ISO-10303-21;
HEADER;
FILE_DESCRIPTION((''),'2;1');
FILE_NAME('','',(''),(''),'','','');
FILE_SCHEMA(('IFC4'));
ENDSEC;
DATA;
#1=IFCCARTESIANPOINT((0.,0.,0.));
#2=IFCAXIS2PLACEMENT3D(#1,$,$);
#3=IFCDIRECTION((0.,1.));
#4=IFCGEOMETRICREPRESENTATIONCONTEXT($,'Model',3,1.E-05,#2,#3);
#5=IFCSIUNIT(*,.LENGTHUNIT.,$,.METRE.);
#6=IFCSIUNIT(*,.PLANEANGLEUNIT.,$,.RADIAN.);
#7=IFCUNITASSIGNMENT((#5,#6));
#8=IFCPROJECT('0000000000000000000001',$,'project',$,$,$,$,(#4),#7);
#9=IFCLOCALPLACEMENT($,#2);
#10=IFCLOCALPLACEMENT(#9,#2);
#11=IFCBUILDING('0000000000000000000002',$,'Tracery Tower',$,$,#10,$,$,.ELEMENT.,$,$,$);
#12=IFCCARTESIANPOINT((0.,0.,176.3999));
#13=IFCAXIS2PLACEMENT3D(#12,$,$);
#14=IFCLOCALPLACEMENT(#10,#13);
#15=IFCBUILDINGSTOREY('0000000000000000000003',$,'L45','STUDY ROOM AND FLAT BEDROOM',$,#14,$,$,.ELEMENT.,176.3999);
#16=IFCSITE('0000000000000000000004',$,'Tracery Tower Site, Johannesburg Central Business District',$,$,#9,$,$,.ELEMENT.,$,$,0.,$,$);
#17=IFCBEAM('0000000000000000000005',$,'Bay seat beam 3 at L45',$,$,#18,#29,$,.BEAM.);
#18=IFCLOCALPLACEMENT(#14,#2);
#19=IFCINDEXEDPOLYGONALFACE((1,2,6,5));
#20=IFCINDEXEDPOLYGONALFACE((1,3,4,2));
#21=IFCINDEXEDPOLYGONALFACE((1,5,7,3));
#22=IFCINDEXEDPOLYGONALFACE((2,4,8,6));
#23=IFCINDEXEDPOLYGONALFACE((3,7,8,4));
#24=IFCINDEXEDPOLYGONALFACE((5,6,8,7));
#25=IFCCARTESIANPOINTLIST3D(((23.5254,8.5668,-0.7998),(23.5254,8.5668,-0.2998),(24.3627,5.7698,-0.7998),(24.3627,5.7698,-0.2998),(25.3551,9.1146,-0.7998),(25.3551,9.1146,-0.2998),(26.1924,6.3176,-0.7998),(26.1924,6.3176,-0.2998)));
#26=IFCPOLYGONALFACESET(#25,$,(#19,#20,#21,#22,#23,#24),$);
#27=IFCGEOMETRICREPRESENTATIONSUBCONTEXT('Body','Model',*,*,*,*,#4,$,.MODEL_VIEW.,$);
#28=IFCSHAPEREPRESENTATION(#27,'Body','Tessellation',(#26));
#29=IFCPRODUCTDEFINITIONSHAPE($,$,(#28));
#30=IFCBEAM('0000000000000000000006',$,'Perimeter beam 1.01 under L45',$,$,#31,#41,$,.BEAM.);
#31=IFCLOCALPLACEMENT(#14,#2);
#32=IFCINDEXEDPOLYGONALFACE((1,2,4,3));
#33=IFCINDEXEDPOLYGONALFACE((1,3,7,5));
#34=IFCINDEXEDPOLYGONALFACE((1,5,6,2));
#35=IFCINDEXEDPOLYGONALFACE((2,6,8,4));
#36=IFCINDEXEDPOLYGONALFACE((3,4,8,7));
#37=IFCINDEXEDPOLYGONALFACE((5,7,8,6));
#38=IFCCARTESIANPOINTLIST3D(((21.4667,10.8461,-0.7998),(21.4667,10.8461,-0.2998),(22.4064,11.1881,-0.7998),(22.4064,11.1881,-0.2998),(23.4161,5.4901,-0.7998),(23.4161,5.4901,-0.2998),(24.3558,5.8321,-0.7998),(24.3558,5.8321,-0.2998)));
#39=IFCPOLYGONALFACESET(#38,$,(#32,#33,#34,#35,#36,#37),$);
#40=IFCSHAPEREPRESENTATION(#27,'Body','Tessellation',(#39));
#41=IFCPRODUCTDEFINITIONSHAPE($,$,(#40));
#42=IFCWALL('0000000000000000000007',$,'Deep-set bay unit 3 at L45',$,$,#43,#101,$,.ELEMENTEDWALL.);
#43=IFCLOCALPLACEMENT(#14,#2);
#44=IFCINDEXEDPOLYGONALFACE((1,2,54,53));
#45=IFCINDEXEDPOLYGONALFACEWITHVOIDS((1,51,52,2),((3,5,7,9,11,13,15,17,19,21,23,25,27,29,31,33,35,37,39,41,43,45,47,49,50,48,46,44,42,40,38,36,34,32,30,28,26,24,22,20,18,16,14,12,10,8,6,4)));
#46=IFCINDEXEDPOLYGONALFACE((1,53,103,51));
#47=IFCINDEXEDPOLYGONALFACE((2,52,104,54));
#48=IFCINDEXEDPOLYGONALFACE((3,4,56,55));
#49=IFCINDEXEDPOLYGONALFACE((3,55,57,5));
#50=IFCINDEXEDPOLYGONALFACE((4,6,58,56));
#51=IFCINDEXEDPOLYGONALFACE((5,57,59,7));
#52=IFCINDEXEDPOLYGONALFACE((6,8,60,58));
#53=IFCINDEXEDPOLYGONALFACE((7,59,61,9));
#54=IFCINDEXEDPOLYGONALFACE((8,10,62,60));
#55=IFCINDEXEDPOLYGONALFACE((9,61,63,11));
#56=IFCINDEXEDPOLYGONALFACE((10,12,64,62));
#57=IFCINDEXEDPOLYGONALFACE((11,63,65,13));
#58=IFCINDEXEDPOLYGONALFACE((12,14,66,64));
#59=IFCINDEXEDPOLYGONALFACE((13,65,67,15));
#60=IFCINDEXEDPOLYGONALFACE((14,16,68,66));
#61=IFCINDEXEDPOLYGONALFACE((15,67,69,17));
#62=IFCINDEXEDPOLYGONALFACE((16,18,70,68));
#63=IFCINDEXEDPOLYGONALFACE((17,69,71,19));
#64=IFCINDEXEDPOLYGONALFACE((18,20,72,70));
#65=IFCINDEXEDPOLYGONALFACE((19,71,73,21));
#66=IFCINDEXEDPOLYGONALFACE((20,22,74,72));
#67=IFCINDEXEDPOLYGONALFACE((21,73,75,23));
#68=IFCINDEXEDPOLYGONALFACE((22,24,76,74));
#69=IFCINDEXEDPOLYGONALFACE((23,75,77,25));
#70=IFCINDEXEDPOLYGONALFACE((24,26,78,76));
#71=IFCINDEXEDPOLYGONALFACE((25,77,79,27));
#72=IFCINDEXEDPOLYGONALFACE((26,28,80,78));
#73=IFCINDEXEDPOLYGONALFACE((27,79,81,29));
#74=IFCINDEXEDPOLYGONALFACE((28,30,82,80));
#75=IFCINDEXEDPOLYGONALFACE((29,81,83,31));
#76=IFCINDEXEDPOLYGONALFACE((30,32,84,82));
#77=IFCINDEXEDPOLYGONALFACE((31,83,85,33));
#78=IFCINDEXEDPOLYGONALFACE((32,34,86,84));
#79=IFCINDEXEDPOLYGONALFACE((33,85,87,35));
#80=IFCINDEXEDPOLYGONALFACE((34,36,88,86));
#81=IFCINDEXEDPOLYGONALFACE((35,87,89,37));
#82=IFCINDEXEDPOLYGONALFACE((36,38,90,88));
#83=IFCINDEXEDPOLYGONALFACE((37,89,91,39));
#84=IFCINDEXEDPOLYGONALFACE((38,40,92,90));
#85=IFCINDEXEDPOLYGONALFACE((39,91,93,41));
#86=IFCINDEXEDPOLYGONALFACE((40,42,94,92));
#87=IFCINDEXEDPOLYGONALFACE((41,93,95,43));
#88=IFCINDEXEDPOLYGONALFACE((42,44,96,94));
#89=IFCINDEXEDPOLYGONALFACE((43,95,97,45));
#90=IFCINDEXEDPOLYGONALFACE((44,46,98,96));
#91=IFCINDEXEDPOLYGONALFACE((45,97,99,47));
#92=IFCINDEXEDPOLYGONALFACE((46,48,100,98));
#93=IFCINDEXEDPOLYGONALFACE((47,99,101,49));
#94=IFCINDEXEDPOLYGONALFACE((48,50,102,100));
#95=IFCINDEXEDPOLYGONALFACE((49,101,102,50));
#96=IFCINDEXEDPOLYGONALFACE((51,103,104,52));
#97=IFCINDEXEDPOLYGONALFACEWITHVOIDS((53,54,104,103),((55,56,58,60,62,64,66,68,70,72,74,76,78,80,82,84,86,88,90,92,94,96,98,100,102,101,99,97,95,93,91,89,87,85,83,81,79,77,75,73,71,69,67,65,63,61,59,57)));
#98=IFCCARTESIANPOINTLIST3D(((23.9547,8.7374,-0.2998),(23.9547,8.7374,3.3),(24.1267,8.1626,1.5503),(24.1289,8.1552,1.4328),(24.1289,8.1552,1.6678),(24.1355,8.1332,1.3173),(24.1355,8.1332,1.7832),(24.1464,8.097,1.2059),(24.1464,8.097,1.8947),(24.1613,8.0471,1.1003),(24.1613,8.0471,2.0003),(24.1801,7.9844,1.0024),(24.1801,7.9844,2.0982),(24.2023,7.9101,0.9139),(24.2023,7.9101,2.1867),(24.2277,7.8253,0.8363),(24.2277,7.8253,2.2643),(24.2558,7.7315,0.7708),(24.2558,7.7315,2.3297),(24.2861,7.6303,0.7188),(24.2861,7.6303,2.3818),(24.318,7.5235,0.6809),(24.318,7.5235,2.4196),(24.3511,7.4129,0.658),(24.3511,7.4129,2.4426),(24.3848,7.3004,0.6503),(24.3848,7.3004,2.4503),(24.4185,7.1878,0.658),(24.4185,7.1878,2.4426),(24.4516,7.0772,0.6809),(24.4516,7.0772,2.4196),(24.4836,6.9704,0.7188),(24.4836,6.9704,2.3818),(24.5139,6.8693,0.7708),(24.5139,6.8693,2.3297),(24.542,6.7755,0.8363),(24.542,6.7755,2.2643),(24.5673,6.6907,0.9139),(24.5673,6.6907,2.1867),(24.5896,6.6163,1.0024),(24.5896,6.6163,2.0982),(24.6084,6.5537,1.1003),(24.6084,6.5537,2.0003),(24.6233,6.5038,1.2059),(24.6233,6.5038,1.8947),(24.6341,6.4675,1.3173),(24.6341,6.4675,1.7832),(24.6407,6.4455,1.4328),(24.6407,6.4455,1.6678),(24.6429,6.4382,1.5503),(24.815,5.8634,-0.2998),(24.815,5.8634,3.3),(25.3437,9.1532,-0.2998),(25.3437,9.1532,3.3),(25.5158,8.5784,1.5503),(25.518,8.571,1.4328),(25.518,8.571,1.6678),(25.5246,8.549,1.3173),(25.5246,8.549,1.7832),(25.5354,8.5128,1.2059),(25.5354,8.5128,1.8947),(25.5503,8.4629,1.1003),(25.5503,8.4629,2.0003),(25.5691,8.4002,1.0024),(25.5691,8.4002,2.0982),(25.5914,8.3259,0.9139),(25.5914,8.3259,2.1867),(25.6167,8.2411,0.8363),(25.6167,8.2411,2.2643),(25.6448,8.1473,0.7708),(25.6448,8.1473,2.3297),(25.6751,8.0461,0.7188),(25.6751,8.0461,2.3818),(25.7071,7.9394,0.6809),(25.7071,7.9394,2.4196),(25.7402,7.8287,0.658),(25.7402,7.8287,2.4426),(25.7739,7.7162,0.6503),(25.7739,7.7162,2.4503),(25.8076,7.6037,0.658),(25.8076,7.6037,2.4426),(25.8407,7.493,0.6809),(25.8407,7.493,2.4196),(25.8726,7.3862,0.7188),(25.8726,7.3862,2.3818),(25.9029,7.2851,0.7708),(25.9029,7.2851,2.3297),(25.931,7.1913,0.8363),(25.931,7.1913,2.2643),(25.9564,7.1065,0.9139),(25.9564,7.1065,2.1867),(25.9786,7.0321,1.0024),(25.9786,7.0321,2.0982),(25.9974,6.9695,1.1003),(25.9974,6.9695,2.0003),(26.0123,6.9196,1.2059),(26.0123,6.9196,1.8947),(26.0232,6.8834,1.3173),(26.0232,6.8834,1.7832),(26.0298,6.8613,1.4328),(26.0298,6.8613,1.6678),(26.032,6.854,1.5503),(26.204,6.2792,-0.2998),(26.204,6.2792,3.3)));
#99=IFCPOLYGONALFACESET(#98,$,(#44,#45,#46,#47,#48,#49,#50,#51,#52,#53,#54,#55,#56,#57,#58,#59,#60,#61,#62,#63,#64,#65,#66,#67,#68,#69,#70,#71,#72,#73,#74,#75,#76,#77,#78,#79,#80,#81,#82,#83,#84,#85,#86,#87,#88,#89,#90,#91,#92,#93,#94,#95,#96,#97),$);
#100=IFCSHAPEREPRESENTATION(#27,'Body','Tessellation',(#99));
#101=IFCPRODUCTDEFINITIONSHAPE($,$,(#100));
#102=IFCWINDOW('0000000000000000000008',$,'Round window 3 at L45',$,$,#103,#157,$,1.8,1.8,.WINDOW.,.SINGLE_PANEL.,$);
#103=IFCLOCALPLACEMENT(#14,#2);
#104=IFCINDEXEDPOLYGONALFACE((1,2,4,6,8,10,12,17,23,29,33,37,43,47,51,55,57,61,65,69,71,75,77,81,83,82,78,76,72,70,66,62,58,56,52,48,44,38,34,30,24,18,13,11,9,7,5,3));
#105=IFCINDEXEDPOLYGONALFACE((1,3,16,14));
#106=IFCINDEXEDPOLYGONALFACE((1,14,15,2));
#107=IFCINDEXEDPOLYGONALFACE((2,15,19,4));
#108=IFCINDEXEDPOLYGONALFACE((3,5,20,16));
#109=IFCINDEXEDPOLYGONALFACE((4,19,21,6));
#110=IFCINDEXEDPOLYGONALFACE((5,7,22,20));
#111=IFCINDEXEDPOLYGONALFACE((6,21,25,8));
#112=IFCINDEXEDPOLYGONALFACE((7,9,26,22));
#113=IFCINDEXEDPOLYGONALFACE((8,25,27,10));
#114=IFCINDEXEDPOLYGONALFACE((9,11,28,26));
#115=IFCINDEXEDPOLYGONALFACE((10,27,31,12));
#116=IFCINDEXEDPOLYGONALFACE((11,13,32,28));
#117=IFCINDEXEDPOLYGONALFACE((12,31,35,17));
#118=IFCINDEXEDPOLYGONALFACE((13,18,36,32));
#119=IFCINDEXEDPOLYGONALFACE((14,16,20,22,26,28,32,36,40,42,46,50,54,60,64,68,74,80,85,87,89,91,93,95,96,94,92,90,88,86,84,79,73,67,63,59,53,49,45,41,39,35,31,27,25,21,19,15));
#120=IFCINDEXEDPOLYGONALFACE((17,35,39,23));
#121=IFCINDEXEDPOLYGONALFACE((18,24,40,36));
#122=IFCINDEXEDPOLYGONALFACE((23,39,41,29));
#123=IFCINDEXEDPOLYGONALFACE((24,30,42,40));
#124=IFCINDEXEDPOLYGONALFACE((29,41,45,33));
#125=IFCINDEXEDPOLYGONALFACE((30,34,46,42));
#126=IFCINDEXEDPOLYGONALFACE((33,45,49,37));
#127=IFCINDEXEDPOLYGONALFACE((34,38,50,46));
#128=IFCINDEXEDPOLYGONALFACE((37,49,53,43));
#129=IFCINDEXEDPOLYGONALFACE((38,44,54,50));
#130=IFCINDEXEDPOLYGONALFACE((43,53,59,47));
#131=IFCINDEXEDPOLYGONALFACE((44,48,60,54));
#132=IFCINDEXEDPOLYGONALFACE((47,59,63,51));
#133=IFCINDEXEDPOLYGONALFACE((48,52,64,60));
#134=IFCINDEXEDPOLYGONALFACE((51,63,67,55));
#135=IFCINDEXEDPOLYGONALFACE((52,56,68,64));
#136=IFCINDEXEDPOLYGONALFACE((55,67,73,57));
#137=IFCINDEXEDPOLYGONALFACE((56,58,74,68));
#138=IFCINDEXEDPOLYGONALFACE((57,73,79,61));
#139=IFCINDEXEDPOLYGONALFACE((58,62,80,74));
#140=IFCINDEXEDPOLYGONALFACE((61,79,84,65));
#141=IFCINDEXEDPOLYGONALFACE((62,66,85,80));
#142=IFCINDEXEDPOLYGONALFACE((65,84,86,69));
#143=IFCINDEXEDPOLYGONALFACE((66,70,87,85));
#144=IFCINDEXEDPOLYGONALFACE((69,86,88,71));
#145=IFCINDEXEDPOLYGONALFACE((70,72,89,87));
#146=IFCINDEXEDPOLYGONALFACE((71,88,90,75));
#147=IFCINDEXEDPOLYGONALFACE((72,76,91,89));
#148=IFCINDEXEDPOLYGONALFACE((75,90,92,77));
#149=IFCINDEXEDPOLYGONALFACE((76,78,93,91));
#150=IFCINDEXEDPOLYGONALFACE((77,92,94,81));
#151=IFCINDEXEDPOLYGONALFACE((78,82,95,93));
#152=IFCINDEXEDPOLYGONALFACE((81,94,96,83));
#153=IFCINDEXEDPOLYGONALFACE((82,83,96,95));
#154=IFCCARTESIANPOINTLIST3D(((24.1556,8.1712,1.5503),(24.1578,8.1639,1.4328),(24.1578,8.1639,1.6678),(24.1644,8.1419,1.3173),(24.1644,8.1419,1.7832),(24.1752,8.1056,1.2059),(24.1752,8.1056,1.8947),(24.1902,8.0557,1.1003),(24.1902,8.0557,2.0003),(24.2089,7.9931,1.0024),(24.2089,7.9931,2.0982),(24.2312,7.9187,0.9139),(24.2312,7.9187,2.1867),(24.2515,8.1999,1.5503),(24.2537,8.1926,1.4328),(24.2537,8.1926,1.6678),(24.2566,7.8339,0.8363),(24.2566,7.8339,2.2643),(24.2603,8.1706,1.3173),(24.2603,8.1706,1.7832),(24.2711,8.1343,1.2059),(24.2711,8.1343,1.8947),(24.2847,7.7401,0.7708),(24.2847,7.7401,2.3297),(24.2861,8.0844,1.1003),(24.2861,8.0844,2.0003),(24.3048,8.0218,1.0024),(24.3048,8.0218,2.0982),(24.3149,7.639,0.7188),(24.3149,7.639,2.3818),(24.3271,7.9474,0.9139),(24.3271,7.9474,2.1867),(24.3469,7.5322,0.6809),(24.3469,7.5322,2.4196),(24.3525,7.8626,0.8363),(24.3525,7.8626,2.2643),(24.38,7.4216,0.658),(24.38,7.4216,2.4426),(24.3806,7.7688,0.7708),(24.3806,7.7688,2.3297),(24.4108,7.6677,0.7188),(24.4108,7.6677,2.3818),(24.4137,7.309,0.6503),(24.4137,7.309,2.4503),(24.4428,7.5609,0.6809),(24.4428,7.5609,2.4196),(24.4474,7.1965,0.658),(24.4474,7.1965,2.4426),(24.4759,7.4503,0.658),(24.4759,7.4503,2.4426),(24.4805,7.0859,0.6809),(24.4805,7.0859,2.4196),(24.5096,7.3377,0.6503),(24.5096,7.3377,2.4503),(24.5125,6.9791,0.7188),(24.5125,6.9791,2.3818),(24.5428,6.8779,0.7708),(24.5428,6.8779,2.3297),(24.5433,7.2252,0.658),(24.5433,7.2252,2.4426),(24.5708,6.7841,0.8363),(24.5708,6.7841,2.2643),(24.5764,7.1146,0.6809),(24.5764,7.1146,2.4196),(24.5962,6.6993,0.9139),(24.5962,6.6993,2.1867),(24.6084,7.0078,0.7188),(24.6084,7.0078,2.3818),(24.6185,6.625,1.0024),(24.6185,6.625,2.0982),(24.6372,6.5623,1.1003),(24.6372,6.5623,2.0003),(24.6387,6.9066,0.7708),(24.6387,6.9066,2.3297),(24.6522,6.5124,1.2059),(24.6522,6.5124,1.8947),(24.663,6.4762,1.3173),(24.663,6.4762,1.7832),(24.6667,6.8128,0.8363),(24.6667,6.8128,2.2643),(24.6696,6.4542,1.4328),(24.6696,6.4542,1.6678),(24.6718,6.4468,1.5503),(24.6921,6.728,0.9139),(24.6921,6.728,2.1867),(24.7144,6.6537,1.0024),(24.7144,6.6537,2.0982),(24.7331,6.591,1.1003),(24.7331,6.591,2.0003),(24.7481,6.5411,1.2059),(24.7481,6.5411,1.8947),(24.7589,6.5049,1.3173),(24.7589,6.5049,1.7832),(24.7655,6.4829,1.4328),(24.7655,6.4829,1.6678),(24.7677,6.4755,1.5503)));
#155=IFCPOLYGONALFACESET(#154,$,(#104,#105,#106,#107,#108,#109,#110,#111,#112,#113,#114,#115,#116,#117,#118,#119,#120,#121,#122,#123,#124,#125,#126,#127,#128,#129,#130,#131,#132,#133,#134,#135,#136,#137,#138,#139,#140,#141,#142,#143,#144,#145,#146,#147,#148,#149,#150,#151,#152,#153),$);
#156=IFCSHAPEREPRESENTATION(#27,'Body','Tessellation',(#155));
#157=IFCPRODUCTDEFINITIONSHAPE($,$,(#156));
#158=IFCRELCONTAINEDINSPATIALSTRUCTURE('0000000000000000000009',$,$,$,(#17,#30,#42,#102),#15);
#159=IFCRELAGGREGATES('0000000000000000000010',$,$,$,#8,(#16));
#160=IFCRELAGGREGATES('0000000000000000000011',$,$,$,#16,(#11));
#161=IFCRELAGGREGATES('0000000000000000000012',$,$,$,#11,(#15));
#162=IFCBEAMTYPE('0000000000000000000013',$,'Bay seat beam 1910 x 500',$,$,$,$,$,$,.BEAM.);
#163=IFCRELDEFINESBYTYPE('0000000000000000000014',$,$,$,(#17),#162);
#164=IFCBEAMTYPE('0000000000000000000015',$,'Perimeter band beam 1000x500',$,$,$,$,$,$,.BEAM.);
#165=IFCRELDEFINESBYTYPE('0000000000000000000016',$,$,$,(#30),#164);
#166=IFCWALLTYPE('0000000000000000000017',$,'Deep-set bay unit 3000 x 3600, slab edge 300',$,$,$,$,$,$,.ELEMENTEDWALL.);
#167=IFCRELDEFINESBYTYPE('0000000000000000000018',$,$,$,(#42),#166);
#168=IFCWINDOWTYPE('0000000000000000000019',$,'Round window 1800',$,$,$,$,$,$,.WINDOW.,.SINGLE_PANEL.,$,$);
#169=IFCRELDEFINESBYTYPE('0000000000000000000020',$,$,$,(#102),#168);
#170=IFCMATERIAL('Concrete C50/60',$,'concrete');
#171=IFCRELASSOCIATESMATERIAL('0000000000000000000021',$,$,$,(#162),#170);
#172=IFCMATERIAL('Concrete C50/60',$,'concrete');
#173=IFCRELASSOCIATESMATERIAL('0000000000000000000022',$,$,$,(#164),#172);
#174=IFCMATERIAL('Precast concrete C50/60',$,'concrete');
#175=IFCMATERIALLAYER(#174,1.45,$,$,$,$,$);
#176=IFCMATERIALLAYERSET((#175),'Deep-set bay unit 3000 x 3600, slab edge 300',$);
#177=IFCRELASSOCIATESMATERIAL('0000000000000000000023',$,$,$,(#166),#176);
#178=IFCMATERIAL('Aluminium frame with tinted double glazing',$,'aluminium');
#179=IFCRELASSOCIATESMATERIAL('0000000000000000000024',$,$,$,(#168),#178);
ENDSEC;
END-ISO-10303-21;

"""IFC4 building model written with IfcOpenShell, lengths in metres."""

from ifc_helpers import new_model, si_unit, direction, frame, frame_2d, origin, origin_2d, place, context, subcontext, project, spatial, rectangle, circle, extrude, material, layer, layer_set, material_profile, profile_set, type_object, element, fill, save


model = new_model("IFC4")

# Units and contexts
model_context = context("Model", 3, precision=1e-05, world=origin(), true_north=direction((0.0, 1.0)))
body_context = subcontext(model_context, "Body", "Model", "MODEL_VIEW")
ifc_project = project(units=[si_unit("LENGTHUNIT", "METRE"), si_unit("PLANEANGLEUNIT", "RADIAN")], contexts=[model_context])

# Site, building, storey
site_placement = place(None, origin())
site = spatial("IfcSite", under=ifc_project, at=site_placement, Name="Tracery Tower Site, Johannesburg Central Business District", CompositionType="ELEMENT", RefElevation=0.0)
building_placement = place(site_placement, origin())
building = spatial("IfcBuilding", under=site, at=building_placement, Name="Tracery Tower", CompositionType="ELEMENT")
storey_placement = place(building_placement, frame((0.0, 0.0, 176.3999)))
storey = spatial("IfcBuildingStorey", under=building, at=storey_placement, Name="L45", Description="STUDY ROOM AND FLAT BEDROOM", CompositionType="ELEMENT", Elevation=176.3999)

# Beams
ifc_material_1 = material(Name="Concrete C50/60", Category="concrete")
ifc_material_profile_1 = material_profile(ifc_material_1, rectangle(XDim=1.9099, YDim=0.5, at=origin_2d()), Name="RC 1910x500")
ifc_profile_set_1 = profile_set([ifc_material_profile_1], Name="Concrete C50/60")
beam_type_1 = type_object("IfcBeamType", Name="Bay seat beam 1910 x 500", PredefinedType="BEAM", material=ifc_profile_set_1)
beam_1_placement = place(storey_placement, frame((25.2776, 6.0437, -0.5498), z_axis=(-0.286803, 0.95799, 0.0), x_axis=(-0.95799, -0.286803, 0.0)))
element("IfcBeam", 1, at=beam_1_placement, inside=storey, type_object=beam_type_1, Name="Bay seat beam 3 at L45", PredefinedType="BEAM", context=body_context, shape_type="SweptSolid", body=[
    extrude(rectangle(XDim=1.9099, YDim=0.5, at=origin_2d()), origin(), (0.0, 0.0, 1.0), 2.9197),
])
ifc_material_2 = material(Name="Concrete C50/60", Category="concrete")
ifc_material_profile_2 = material_profile(ifc_material_2, rectangle(XDim=1.0, YDim=0.5, at=origin_2d()), Name="RC 1000x500")
ifc_profile_set_2 = profile_set([ifc_material_profile_2], Name="Concrete C50/60")
beam_type_2 = type_object("IfcBeamType", Name="Perimeter band beam 1000x500", PredefinedType="BEAM", material=ifc_profile_set_2)
beam_2_placement = place(storey_placement, frame((23.886, 5.6611, -0.5498), z_axis=(-0.342029, 0.93969, 0.0), x_axis=(-0.93969, -0.342029, 0.0)))
element("IfcBeam", 2, at=beam_2_placement, inside=storey, type_object=beam_type_2, Name="Perimeter beam 1.01 under L45", PredefinedType="BEAM", context=body_context, shape_type="SweptSolid", body=[
    extrude(rectangle(XDim=1.0, YDim=0.5, at=origin_2d()), origin(), (0.0, 0.0, 1.0), 5.6997),
])

# Wall, opening, window
ifc_material_3 = material(Name="Precast concrete C50/60", Category="concrete")
ifc_layer_1 = layer(ifc_material_3, 1.45)
ifc_layer_set_1 = layer_set([ifc_layer_1], Name="Deep-set bay unit 3000 x 3600, slab edge 300")
wall_type_1 = type_object("IfcWallType", Name="Deep-set bay unit 3000 x 3600, slab edge 300", PredefinedType="ELEMENTEDWALL", material=ifc_layer_set_1)
wall_1_placement = place(storey_placement, frame((25.5095, 6.0713, -0.2998), z_axis=(0.0, 0.0, 1.0), x_axis=(-0.28678, 0.957996, 0.0)))
wall_1 = element("IfcWall", 3, at=wall_1_placement, inside=storey, type_object=wall_type_1, Name="Deep-set bay unit 3 at L45", PredefinedType="ELEMENTEDWALL", context=body_context, shape_type="SweptSolid", body=[
    extrude(rectangle(XDim=3.0, YDim=1.45, at=frame_2d((1.5, 0.0))), origin(), (0.0, 0.0, 1.0), 3.5999),
])
opening_1_placement = place(wall_1_placement, frame((1.5, 0.0, 1.8501)))
opening_1 = element("IfcOpeningElement", 4, at=opening_1_placement, cuts=wall_1, PredefinedType="OPENING", context=body_context, shape_type="SweptSolid", body=[
    extrude(circle(Radius=0.9, at=origin_2d()), frame((0.0, 0.7349, 0.0), z_axis=(0.0, -1.0, 0.0), x_axis=(1.0, 0.0, 0.0)), (0.0, 0.0, 1.0), 1.47),
])
ifc_material_4 = material(Name="Aluminium frame with tinted double glazing", Category="aluminium")
window_type = type_object("IfcWindowType", Name="Round window 1800", PartitioningType="SINGLE_PANEL", PredefinedType="WINDOW", material=ifc_material_4)
window_1_placement = place(opening_1_placement, origin())
window_1 = element("IfcWindow", 5, at=window_1_placement, inside=storey, type_object=window_type, Name="Round window 3 at L45", OverallHeight=1.8, OverallWidth=1.8, PartitioningType="SINGLE_PANEL", PredefinedType="WINDOW", context=body_context, shape_type="SweptSolid", body=[
    extrude(circle(Radius=0.9, at=origin_2d()), frame((0.0, 0.6948, 0.0), z_axis=(0.0, -1.0, 0.0), x_axis=(1.0, 0.0, 0.0)), (0.0, 0.0, 1.0), 0.1001),
])
fill(opening_1, window_1)

save(model, "model.ifc")
